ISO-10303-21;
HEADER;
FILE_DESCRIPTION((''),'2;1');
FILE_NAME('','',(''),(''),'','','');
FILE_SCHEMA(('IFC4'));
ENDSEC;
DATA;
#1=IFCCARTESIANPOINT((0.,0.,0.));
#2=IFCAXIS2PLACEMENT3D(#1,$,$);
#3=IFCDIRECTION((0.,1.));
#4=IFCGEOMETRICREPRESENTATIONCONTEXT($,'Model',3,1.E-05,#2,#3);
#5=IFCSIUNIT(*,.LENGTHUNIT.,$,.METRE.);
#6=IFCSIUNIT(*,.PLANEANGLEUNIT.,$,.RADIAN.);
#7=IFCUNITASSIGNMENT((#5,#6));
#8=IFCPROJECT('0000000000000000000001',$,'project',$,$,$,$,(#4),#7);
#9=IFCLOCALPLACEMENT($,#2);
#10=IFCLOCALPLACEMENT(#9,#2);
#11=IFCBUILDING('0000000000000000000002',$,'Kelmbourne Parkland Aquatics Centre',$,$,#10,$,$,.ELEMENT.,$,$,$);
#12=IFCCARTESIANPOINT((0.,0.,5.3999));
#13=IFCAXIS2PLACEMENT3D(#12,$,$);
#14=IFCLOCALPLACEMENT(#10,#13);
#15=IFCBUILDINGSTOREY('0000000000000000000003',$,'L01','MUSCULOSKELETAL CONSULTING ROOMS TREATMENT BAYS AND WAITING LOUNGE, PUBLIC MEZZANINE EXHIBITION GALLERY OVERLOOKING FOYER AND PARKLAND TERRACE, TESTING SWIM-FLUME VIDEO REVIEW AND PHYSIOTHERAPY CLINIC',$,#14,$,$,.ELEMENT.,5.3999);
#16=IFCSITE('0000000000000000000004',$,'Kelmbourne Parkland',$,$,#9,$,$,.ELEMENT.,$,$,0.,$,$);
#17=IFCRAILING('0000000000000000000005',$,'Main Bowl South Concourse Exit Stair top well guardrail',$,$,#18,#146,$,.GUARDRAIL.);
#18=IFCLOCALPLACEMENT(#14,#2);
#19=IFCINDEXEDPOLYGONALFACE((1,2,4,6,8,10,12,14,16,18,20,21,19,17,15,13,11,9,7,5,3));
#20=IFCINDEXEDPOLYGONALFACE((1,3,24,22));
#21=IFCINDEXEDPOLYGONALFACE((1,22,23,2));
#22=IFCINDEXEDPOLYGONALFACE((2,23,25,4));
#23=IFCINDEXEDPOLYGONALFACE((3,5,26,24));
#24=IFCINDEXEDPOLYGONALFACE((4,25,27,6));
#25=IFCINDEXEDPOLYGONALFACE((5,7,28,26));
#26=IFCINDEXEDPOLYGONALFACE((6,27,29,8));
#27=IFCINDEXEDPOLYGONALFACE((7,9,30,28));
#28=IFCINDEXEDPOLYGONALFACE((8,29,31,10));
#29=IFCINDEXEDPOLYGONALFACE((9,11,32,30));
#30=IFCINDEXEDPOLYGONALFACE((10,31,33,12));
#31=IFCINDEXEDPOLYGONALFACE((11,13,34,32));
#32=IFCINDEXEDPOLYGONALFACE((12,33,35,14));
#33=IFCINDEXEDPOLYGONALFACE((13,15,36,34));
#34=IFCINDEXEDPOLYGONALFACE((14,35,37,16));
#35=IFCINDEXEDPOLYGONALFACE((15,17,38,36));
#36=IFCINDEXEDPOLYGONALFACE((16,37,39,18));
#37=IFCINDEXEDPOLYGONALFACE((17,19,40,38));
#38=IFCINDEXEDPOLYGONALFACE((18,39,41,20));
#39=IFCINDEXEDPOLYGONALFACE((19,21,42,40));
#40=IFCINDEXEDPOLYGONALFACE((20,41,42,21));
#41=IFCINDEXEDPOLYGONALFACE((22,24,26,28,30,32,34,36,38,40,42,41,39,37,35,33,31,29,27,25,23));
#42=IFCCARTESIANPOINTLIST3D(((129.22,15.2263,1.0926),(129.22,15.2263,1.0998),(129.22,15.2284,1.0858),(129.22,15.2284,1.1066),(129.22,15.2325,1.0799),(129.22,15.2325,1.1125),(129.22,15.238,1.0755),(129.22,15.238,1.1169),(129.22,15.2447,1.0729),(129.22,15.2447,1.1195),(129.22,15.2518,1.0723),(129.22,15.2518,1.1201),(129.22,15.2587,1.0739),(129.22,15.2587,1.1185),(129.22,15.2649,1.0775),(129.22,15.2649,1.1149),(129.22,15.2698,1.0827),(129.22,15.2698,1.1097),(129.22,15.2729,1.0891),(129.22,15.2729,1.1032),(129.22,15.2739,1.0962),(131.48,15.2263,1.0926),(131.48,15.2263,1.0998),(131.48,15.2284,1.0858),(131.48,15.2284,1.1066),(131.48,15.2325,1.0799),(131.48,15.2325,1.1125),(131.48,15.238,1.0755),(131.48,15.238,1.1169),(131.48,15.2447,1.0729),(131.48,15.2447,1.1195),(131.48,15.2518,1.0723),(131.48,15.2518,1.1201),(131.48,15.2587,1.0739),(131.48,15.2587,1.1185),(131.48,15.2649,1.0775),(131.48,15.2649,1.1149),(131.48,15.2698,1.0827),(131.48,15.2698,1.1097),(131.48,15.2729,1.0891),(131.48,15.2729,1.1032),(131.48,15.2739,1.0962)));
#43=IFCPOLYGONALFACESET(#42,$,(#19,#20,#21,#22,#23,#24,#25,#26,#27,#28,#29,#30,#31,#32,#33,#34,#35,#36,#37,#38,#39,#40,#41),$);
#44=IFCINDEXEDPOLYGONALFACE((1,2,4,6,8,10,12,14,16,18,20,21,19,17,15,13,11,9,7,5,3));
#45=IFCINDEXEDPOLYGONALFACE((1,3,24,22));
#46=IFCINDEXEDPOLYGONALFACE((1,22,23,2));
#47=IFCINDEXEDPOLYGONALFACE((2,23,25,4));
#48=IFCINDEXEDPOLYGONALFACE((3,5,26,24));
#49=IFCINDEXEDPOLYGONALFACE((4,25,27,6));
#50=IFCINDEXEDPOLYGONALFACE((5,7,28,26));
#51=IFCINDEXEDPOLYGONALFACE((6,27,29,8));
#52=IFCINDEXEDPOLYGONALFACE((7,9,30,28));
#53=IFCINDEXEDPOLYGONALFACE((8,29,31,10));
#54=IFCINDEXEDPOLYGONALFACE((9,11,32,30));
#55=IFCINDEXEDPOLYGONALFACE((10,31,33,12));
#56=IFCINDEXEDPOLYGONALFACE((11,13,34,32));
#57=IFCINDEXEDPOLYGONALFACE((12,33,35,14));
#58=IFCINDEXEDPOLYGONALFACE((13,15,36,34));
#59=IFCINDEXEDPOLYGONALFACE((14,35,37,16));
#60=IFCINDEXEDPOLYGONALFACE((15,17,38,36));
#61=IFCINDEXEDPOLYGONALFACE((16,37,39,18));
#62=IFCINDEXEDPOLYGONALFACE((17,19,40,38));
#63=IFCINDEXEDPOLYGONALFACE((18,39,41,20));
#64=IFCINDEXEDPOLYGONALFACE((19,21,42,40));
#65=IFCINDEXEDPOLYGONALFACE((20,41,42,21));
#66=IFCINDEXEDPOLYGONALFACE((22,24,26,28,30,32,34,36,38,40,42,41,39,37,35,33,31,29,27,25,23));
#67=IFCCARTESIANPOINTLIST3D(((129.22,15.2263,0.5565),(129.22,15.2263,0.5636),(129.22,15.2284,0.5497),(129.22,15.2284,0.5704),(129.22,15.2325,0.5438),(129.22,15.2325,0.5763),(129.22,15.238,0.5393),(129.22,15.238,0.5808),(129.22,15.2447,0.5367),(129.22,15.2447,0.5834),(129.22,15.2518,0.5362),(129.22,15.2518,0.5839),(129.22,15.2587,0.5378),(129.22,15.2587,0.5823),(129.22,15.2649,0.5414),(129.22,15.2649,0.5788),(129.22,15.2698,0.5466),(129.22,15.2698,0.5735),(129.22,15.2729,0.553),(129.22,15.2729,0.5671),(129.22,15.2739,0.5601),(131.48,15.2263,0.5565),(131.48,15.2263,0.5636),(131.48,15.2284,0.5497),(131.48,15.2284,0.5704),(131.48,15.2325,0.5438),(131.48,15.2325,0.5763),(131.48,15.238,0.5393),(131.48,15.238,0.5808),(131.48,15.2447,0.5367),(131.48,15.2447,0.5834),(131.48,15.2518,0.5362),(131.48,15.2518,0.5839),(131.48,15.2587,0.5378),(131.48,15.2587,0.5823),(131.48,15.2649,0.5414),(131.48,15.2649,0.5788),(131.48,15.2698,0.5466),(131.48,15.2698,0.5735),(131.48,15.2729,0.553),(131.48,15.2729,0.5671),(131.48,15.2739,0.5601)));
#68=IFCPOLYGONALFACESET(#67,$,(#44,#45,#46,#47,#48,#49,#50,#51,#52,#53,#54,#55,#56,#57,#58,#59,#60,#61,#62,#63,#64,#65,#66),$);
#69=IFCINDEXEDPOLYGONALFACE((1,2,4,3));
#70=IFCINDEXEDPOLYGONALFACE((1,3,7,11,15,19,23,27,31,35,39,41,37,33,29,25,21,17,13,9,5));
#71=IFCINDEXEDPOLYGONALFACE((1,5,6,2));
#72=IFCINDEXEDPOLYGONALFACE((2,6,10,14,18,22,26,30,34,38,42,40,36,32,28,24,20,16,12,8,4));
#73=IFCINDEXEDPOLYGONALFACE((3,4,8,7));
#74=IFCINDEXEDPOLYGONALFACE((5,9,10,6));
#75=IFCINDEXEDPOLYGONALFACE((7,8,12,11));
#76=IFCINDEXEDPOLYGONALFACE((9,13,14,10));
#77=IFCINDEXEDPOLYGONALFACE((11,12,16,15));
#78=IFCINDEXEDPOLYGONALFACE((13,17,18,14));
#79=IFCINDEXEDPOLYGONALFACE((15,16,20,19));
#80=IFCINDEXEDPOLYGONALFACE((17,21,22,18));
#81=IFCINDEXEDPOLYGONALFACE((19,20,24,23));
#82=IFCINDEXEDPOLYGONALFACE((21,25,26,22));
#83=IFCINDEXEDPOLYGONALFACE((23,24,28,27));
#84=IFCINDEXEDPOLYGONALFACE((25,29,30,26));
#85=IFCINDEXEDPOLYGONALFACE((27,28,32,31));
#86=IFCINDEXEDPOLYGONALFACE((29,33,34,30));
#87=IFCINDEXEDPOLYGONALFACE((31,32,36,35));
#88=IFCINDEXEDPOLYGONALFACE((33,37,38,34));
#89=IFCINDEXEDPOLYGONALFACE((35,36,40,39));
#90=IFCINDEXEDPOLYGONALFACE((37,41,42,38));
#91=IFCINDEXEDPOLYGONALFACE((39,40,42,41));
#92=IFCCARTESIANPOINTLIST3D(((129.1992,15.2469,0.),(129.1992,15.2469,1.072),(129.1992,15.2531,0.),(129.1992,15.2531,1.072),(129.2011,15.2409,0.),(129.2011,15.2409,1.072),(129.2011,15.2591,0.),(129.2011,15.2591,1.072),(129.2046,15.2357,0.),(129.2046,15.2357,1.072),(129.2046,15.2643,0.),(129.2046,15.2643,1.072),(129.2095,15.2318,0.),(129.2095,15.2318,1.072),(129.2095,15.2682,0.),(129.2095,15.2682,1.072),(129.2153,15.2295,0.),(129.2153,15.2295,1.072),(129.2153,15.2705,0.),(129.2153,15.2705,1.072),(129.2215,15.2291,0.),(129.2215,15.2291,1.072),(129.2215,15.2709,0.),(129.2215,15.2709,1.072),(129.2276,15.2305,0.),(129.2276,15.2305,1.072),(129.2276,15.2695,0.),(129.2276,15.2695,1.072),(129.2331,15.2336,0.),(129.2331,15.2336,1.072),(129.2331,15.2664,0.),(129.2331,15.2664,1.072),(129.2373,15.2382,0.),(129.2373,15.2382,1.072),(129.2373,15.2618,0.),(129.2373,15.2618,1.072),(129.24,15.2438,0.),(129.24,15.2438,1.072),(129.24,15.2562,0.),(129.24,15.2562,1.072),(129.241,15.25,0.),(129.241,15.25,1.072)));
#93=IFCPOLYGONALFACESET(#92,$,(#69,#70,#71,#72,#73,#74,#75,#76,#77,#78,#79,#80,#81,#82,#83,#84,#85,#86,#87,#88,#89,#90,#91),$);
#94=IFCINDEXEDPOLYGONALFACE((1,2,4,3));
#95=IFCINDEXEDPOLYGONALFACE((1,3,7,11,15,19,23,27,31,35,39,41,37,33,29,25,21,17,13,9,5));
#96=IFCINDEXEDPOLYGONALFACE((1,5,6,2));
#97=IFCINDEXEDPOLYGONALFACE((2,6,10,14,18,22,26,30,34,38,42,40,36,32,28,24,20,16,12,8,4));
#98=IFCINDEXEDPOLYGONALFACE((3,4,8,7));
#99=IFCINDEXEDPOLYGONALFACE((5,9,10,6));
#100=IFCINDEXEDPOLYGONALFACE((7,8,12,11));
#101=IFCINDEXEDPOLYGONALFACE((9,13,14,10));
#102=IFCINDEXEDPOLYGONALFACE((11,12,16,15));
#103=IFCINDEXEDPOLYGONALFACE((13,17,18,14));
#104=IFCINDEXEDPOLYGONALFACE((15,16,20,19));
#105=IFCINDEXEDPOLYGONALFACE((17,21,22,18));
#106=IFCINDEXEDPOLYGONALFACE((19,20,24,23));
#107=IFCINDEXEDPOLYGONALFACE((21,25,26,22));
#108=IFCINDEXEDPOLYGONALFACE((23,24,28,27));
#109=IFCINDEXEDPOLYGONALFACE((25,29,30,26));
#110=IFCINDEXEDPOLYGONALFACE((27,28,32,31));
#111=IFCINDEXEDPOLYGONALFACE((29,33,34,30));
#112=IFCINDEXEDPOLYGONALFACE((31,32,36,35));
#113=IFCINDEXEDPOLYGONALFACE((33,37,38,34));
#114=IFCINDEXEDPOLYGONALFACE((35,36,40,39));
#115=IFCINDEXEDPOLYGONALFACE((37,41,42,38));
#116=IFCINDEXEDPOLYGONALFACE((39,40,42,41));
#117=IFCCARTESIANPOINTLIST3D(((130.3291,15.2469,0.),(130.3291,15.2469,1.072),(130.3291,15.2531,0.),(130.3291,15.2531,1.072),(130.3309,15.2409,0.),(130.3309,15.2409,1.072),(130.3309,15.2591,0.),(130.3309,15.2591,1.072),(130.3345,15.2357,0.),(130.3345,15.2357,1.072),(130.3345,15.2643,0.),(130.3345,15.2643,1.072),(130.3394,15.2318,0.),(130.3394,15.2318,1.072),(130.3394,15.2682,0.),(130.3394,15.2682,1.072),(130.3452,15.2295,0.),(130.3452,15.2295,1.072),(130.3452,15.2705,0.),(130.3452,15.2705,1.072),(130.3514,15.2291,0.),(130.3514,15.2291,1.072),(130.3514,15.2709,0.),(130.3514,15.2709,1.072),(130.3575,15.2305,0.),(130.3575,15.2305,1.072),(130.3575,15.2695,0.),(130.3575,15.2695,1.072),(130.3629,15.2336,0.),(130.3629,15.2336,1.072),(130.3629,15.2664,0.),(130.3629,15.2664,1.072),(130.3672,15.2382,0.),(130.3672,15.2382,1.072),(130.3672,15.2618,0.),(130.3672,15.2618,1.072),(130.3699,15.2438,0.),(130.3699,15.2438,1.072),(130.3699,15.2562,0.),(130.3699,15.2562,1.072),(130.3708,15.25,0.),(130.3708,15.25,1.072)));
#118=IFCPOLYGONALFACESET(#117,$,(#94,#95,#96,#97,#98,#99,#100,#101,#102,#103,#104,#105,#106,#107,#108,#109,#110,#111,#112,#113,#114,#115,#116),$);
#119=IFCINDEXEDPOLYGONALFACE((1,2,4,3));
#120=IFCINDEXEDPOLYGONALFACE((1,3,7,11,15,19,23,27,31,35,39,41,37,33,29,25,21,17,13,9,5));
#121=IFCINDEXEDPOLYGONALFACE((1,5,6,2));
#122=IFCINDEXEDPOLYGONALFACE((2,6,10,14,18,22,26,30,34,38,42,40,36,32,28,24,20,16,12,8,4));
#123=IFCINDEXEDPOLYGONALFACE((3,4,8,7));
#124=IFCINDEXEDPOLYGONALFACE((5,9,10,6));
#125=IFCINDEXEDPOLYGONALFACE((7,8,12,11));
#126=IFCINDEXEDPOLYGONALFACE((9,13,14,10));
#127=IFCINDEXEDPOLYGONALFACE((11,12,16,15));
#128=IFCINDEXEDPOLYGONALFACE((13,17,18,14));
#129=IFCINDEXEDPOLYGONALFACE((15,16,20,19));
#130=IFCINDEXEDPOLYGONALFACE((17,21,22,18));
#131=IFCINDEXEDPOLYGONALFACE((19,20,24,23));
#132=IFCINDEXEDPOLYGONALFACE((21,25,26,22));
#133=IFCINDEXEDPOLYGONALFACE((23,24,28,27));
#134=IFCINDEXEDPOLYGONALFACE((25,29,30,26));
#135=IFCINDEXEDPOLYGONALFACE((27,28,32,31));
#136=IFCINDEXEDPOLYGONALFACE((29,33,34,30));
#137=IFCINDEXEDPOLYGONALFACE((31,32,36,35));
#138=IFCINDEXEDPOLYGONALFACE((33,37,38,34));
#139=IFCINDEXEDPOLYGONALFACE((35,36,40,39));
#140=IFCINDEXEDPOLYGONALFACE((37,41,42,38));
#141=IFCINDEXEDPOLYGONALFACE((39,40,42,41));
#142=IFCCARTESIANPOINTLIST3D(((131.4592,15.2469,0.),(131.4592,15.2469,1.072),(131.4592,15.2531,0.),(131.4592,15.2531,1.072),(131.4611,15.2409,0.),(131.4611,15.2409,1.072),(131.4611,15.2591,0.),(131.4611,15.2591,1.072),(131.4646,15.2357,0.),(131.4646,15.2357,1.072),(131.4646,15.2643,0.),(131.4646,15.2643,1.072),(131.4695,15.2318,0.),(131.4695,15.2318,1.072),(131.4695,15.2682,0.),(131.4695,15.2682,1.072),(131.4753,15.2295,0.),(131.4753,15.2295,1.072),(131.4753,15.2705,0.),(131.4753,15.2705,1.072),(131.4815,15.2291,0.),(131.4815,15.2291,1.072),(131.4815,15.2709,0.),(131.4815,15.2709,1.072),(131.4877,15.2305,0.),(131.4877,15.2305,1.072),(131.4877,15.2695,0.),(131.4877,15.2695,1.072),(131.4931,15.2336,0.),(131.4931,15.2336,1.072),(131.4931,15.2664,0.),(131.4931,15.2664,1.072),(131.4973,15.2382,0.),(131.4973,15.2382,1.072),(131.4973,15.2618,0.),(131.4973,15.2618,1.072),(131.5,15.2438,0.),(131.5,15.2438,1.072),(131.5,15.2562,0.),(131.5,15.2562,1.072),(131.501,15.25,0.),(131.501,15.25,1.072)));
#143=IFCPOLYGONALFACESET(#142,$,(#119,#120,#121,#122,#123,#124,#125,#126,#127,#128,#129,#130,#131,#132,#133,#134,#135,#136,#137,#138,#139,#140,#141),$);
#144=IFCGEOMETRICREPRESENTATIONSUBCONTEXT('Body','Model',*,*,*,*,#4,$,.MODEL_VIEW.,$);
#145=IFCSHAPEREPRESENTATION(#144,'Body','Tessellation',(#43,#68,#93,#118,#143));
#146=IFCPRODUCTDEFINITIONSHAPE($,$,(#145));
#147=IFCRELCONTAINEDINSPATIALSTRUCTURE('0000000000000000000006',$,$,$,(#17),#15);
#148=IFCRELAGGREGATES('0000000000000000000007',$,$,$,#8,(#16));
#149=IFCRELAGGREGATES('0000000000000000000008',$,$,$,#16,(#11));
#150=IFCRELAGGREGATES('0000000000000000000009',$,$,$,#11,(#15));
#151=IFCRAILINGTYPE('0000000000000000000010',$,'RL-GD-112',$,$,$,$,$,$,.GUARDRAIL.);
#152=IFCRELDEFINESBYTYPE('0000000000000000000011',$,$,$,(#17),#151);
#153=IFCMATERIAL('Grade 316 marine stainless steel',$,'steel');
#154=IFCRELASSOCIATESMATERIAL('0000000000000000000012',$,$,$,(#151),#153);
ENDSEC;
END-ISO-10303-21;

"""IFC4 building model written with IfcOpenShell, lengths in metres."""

from ifc_helpers import new_model, si_unit, direction, frame, origin, origin_2d, place, context, subcontext, project, spatial, circle, extrude, material, type_object, element, save


model = new_model("IFC4")

# Units and contexts
model_context = context("Model", 3, precision=1e-05, world=origin(), true_north=direction((0.0, 1.0)))
body_context = subcontext(model_context, "Body", "Model", "MODEL_VIEW")
ifc_project = project(units=[si_unit("LENGTHUNIT", "METRE"), si_unit("PLANEANGLEUNIT", "RADIAN")], contexts=[model_context])

# Site, building, storey
site_placement = place(None, origin())
site = spatial("IfcSite", under=ifc_project, at=site_placement, Name="Kelmbourne Parkland", CompositionType="ELEMENT", RefElevation=0.0)
building_placement = place(site_placement, origin())
building = spatial("IfcBuilding", under=site, at=building_placement, Name="Kelmbourne Parkland Aquatics Centre", CompositionType="ELEMENT")
storey_placement = place(building_placement, frame((0.0, 0.0, 5.3999)))
storey = spatial("IfcBuildingStorey", under=building, at=storey_placement, Name="L01", Description="MUSCULOSKELETAL CONSULTING ROOMS TREATMENT BAYS AND WAITING LOUNGE, PUBLIC MEZZANINE EXHIBITION GALLERY OVERLOOKING FOYER AND PARKLAND TERRACE, TESTING SWIM-FLUME VIDEO REVIEW AND PHYSIOTHERAPY CLINIC", CompositionType="ELEMENT", Elevation=5.3999)

# Railing
ifc_material_1 = material(Name="Grade 316 marine stainless steel", Category="steel")
railing_type_1 = type_object("IfcRailingType", Name="RL-GD-112", PredefinedType="GUARDRAIL", material=ifc_material_1)
railing_1_placement = place(storey_placement, frame((129.22, 15.25, 0.0)))
element("IfcRailing", 1, at=railing_1_placement, inside=storey, type_object=railing_type_1, Name="Main Bowl South Concourse Exit Stair top well guardrail", PredefinedType="GUARDRAIL", context=body_context, shape_type="SweptSolid", body=[
    extrude(circle(Radius=0.0239, at=origin_2d()), frame((0.0, 0.0, 1.0962), z_axis=(1.0, 0.0, 0.0), x_axis=(0.0, 1.0, 0.0)), (0.0, 0.0, 1.0), 2.26),
    extrude(circle(Radius=0.0239, at=origin_2d()), frame((0.0, 0.0, 0.5601), z_axis=(1.0, 0.0, 0.0), x_axis=(0.0, 1.0, 0.0)), (0.0, 0.0, 1.0), 2.26),
    extrude(circle(Radius=0.021, at=origin_2d()), origin(), (0.0, 0.0, 1.0), 1.072),
    extrude(circle(Radius=0.021, at=origin_2d()), frame((1.1299, 0.0, 0.0)), (0.0, 0.0, 1.0), 1.072),
    extrude(circle(Radius=0.021, at=origin_2d()), frame((2.26, 0.0, 0.0)), (0.0, 0.0, 1.0), 1.072),
])

save(model, "model.ifc")
